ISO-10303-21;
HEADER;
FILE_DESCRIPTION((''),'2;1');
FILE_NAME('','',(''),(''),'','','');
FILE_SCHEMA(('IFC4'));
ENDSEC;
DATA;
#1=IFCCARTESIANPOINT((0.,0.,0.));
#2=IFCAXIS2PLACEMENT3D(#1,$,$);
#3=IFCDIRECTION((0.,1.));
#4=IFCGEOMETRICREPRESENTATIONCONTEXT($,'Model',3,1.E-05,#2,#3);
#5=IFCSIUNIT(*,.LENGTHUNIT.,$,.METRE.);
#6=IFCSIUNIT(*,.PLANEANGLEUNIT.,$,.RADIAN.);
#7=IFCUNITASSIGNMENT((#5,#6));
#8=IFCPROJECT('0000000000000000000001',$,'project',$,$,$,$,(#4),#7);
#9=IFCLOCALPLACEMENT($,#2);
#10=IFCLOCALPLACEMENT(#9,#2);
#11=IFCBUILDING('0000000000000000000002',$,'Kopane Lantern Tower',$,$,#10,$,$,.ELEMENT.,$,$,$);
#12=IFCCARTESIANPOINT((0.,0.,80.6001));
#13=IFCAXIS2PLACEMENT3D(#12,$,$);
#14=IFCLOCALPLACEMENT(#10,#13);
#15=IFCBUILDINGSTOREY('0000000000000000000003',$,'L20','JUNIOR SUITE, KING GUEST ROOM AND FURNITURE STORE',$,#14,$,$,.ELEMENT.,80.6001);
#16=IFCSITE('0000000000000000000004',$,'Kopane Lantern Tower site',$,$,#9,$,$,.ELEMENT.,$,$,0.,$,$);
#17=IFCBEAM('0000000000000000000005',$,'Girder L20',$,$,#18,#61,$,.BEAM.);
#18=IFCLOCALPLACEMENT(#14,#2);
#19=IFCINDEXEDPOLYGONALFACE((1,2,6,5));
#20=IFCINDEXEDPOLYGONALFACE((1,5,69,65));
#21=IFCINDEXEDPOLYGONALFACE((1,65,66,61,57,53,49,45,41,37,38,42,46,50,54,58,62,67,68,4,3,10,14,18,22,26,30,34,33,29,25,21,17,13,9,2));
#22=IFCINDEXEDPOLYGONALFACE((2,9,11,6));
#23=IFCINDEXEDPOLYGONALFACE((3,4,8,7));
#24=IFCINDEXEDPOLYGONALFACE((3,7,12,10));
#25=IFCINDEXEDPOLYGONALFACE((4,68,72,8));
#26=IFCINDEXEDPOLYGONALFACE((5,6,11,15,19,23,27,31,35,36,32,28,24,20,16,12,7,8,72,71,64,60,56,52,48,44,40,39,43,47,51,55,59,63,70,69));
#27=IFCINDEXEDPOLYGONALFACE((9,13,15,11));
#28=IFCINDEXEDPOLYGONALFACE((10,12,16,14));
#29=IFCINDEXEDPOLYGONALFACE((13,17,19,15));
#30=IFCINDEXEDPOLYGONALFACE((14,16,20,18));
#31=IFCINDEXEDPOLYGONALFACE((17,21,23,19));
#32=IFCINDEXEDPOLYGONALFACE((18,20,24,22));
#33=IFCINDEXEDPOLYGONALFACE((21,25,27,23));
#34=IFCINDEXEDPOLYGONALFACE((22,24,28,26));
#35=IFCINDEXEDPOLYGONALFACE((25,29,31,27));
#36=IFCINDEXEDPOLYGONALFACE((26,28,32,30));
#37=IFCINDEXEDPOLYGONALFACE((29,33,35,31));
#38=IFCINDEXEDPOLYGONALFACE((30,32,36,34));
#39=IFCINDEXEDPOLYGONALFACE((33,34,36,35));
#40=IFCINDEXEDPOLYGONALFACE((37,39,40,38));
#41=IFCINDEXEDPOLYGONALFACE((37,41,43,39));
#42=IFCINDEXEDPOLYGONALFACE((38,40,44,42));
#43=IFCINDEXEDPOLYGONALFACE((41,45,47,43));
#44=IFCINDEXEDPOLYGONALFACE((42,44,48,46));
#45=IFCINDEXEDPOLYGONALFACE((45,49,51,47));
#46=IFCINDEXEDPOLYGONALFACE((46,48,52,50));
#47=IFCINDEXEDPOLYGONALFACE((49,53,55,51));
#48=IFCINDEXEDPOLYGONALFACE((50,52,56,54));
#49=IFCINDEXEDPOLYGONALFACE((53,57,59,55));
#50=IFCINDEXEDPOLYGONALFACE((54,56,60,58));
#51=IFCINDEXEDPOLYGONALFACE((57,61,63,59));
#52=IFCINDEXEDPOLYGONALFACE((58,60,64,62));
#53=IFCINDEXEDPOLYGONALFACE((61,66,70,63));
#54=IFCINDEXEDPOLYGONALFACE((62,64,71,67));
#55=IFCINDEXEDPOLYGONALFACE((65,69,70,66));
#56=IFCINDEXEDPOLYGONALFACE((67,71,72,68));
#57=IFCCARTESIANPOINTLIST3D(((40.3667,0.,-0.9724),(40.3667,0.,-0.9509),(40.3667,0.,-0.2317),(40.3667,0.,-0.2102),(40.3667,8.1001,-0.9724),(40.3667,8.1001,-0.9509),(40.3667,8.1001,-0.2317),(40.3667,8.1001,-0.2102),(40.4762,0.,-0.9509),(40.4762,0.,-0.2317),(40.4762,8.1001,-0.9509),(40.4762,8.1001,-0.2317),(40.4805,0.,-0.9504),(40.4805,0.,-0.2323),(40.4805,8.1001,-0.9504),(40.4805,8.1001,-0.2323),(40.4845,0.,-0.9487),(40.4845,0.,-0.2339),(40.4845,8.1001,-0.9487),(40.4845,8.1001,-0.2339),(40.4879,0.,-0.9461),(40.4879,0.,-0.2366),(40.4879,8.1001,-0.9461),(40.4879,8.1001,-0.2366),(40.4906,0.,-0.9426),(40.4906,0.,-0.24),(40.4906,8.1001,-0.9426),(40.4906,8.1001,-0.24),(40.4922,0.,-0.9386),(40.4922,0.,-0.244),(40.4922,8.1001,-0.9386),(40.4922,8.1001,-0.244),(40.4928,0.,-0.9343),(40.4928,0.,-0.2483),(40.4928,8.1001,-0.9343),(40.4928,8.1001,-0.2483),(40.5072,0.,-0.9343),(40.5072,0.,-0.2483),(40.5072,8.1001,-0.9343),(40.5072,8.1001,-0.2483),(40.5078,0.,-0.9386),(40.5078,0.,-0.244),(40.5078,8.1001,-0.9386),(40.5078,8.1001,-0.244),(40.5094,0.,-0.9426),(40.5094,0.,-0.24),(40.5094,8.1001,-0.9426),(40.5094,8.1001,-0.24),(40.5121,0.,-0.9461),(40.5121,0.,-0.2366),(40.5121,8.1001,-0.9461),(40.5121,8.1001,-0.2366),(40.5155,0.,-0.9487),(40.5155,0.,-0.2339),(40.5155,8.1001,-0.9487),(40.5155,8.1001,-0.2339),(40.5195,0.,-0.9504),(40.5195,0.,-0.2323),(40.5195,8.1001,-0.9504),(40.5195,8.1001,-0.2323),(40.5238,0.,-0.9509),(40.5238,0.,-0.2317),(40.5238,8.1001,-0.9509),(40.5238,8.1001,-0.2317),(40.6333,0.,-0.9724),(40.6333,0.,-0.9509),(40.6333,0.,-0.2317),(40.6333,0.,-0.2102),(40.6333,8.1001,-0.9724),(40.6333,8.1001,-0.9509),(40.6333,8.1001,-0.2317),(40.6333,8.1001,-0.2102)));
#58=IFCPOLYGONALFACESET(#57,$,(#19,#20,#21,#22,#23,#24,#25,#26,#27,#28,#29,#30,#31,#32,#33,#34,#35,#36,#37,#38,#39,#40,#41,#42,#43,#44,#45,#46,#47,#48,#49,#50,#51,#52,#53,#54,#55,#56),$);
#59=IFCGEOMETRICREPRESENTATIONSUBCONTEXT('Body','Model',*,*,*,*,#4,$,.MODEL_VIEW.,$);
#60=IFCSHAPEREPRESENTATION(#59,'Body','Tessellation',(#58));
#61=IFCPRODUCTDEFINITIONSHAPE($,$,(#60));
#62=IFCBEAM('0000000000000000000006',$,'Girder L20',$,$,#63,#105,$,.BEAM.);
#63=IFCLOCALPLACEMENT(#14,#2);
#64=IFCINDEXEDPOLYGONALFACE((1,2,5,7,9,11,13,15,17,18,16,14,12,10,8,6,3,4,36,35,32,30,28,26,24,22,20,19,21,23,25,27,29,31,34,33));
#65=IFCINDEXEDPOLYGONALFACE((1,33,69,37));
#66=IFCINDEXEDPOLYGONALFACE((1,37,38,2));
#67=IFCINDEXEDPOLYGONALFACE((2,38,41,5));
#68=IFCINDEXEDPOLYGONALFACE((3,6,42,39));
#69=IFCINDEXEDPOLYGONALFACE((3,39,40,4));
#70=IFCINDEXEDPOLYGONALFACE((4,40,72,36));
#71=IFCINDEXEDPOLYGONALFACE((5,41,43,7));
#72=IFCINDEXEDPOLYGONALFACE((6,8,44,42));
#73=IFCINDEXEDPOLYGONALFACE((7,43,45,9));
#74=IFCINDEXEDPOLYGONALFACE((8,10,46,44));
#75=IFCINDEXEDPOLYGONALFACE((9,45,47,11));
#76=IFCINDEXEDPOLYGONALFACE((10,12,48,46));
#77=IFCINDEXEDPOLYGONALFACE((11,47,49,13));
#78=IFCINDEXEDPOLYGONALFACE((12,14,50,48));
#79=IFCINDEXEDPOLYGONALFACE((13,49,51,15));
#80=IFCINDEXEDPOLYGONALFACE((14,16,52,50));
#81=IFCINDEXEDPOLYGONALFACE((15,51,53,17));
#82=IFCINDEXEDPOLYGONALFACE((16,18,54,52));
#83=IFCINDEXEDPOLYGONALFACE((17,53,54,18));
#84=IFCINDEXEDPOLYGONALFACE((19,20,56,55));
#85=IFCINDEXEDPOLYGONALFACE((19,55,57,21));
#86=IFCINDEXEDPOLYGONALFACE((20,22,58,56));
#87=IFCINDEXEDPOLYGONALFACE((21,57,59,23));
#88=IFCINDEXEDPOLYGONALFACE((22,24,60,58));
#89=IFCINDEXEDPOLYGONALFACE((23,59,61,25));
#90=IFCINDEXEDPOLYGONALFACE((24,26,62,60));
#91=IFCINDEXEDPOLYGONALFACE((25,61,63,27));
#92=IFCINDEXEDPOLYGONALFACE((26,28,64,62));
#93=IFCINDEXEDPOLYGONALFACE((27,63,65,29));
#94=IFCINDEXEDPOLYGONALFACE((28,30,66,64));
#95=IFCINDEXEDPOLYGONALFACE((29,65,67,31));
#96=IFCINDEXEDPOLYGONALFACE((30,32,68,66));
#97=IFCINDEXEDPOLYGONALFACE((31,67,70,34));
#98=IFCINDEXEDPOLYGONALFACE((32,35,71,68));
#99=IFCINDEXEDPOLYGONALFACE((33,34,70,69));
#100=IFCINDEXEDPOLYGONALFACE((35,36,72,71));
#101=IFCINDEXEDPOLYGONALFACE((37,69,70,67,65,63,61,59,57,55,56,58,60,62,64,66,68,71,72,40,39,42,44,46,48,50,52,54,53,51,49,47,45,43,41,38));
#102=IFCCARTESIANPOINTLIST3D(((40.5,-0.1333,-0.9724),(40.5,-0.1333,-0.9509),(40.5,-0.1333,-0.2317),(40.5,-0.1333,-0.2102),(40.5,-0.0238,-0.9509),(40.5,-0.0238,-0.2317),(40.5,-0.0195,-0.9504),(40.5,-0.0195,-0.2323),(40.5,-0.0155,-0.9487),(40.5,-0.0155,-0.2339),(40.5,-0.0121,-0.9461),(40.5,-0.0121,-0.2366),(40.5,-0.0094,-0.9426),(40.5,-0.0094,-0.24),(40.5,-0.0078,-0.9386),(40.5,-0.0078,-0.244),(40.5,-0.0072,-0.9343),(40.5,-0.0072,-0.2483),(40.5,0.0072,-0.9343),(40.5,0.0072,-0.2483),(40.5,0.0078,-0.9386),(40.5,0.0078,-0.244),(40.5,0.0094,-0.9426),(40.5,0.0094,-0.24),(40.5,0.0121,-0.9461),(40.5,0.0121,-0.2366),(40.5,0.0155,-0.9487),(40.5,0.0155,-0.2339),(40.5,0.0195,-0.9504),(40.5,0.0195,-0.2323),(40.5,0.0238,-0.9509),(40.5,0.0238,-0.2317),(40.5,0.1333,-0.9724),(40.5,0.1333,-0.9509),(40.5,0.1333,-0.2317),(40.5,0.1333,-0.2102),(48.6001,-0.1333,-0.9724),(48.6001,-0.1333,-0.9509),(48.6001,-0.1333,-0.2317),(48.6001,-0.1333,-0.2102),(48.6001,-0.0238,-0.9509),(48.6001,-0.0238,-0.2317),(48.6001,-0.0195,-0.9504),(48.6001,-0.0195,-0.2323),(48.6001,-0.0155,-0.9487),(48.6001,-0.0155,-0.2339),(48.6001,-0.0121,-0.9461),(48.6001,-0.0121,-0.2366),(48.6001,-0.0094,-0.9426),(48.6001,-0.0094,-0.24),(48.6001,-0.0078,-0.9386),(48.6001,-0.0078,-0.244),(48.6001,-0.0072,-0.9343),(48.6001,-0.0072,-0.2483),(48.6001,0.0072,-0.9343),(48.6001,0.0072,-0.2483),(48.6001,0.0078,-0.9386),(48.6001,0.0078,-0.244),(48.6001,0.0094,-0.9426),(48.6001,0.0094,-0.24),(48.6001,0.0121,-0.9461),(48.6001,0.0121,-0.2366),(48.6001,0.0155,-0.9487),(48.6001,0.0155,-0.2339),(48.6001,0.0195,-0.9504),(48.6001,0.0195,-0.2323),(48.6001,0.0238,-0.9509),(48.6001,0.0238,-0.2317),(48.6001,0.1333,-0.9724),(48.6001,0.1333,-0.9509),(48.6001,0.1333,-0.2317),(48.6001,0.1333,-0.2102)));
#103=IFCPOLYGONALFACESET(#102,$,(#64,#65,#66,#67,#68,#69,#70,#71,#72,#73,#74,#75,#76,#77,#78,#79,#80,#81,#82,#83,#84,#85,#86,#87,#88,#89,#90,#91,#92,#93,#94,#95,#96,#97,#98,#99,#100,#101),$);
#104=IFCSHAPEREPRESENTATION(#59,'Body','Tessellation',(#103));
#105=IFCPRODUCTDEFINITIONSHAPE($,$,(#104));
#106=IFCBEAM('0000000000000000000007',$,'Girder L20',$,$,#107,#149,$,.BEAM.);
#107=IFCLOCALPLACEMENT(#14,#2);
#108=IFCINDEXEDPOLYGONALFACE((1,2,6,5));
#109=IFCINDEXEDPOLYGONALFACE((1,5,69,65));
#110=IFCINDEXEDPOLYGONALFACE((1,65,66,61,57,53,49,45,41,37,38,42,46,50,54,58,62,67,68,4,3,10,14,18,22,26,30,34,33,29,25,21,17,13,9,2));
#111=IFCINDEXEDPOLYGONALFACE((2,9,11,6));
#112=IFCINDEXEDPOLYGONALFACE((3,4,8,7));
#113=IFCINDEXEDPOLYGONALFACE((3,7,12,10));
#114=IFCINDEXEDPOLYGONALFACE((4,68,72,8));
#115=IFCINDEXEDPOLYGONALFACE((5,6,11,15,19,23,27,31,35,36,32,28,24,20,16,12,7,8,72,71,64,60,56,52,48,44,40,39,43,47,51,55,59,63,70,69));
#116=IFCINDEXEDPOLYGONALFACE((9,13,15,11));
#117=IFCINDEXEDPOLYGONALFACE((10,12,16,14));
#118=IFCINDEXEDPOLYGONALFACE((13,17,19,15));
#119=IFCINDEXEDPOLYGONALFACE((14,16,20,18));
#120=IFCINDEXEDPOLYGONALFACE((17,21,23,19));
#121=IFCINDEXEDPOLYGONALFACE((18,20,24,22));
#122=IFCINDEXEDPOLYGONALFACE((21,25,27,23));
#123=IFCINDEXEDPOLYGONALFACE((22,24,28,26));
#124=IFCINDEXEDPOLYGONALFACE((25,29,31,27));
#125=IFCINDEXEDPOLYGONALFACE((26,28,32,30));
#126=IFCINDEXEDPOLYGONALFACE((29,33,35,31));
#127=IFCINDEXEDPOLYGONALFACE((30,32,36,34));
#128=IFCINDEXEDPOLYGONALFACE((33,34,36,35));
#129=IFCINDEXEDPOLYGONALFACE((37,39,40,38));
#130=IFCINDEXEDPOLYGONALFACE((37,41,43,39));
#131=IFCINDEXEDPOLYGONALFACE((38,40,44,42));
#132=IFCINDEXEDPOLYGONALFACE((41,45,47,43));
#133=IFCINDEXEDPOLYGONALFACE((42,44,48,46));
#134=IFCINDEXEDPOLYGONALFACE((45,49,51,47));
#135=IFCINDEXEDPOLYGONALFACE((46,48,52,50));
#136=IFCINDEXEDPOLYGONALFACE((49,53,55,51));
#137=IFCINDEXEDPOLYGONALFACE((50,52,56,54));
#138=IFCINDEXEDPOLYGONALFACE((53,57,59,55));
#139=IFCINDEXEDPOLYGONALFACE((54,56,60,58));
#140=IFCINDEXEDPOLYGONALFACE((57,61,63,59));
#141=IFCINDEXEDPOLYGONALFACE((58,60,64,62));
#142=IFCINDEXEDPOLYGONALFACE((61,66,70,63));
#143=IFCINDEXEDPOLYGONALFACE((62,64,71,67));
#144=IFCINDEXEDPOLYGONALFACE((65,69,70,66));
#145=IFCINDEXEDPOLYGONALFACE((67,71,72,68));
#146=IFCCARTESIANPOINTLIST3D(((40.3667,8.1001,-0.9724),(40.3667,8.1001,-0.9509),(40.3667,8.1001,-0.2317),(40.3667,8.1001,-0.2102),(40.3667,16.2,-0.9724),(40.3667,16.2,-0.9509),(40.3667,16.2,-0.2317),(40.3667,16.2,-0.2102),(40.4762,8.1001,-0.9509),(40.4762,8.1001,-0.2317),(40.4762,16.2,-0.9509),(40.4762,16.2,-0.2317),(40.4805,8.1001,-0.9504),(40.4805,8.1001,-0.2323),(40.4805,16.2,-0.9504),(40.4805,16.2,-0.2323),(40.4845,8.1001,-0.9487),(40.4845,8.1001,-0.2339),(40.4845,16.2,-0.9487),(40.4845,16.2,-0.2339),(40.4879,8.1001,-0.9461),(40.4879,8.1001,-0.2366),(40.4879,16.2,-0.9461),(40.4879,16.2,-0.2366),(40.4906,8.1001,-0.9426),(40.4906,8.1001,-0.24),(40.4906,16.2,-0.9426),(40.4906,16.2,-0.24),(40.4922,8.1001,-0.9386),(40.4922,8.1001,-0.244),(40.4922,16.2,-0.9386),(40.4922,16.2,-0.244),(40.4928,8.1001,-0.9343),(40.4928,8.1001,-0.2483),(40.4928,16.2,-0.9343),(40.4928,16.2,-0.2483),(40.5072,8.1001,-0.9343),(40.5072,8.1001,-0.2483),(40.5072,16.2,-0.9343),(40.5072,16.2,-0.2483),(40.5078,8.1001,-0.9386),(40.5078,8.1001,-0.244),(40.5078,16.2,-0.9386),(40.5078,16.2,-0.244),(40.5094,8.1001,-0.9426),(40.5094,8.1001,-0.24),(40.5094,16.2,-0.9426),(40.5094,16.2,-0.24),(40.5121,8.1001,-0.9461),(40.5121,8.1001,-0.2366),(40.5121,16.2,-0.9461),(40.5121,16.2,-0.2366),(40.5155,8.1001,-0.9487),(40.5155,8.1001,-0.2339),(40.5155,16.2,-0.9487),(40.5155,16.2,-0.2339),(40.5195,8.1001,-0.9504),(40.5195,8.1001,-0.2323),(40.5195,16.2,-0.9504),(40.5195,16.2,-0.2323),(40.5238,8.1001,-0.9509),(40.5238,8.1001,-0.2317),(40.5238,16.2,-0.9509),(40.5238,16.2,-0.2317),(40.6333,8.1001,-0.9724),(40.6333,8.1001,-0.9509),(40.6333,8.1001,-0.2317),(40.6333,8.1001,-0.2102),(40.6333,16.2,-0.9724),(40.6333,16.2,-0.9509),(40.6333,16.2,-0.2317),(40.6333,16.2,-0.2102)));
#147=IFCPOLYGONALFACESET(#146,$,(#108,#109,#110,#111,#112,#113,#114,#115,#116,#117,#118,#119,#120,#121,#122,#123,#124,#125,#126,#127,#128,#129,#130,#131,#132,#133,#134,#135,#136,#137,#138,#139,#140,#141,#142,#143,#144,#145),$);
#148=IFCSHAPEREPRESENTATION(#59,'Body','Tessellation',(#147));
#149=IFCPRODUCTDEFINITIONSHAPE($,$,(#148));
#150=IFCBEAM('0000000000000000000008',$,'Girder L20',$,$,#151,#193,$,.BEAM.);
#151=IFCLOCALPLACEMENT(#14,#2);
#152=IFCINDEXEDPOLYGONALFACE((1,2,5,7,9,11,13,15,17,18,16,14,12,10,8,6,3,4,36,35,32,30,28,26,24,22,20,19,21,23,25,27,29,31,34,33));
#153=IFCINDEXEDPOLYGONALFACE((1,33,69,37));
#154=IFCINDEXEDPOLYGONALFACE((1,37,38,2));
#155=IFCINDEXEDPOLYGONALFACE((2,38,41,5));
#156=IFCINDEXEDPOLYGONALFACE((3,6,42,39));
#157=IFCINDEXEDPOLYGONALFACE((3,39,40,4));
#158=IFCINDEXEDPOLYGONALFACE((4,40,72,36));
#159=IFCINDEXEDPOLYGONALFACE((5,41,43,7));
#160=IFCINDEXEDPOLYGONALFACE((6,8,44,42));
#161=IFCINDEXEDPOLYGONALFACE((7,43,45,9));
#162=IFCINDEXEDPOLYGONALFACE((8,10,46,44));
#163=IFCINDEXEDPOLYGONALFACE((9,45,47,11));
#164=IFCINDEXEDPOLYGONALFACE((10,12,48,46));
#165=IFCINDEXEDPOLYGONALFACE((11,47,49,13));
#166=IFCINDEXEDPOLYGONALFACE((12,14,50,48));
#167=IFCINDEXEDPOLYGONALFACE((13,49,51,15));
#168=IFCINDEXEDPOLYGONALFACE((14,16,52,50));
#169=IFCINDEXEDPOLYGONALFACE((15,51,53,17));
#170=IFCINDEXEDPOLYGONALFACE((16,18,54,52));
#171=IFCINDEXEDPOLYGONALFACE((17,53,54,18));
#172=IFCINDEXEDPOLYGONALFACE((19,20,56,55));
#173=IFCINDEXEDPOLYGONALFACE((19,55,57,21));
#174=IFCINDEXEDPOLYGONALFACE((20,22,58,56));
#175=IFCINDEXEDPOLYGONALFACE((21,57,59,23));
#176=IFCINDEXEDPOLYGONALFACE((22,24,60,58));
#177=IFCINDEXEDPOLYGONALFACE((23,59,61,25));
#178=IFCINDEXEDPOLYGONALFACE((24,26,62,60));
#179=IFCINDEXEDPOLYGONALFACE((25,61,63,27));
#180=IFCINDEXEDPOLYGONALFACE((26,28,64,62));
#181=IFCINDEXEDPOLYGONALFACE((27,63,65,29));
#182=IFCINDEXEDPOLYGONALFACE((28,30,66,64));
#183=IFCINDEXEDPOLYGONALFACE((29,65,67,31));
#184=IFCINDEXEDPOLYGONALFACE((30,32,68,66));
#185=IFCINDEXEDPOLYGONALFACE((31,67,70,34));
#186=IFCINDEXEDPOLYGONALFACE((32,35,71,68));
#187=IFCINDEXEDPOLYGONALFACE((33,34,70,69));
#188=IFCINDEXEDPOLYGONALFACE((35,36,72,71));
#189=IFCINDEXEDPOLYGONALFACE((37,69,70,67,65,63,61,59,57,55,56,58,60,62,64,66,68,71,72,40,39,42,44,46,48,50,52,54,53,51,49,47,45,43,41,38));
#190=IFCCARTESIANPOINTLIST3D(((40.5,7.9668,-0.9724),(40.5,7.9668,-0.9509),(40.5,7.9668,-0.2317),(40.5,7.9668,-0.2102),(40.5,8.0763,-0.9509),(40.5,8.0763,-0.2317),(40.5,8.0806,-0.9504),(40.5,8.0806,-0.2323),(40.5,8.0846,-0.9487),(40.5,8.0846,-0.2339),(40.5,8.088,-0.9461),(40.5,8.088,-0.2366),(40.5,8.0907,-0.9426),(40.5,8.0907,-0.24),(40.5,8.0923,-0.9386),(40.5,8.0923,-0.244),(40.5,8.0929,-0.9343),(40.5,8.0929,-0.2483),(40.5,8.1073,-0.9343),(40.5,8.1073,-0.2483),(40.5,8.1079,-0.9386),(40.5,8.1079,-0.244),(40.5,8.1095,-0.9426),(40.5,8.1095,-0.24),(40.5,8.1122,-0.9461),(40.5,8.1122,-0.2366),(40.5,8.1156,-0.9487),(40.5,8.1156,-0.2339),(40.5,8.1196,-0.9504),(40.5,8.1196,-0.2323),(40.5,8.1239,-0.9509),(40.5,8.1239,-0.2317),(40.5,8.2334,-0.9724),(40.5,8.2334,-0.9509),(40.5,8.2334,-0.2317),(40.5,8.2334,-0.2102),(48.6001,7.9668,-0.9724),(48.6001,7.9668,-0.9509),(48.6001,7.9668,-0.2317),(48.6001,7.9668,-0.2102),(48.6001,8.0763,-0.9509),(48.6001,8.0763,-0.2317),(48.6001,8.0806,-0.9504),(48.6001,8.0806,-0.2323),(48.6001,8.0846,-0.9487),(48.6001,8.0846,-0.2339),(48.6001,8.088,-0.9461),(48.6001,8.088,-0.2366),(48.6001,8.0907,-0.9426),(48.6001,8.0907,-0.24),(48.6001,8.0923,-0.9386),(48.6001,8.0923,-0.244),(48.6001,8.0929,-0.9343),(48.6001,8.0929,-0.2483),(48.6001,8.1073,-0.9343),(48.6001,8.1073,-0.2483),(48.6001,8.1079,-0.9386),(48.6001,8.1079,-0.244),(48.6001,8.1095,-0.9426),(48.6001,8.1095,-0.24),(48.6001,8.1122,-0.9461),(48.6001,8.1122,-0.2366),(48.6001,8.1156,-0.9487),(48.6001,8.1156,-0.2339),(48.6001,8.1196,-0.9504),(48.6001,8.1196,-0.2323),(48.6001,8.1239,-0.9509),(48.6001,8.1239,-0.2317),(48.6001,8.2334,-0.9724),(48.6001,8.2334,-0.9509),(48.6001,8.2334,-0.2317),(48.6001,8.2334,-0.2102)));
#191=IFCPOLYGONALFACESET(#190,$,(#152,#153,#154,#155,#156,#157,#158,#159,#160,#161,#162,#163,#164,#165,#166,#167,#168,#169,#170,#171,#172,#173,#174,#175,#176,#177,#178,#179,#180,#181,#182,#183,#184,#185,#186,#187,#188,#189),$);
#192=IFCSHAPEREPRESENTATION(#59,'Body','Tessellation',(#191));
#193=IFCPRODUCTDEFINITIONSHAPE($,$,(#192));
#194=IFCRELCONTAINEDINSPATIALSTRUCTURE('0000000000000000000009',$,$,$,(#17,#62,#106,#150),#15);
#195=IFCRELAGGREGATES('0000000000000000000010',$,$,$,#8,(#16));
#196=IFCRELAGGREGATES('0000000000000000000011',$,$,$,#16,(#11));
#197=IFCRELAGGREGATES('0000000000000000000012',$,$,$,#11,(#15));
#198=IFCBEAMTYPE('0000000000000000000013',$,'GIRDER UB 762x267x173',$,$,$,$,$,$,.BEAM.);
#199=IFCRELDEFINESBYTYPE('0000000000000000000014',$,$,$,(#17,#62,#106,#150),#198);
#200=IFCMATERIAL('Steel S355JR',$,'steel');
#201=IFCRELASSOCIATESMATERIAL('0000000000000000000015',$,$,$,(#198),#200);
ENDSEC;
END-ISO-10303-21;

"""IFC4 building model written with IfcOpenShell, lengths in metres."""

from ifc_helpers import new_model, si_unit, direction, frame, origin, origin_2d, place, context, subcontext, project, spatial, i_section, extrude, material, material_profile, profile_set, type_object, element, save


model = new_model("IFC4")

# Units and contexts
model_context = context("Model", 3, precision=1e-05, world=origin(), true_north=direction((0.0, 1.0)))
body_context = subcontext(model_context, "Body", "Model", "MODEL_VIEW")
ifc_project = project(units=[si_unit("LENGTHUNIT", "METRE"), si_unit("PLANEANGLEUNIT", "RADIAN")], contexts=[model_context])

# Site, building, storey
site_placement = place(None, origin())
site = spatial("IfcSite", under=ifc_project, at=site_placement, Name="Kopane Lantern Tower site", CompositionType="ELEMENT", RefElevation=0.0)
building_placement = place(site_placement, origin())
building = spatial("IfcBuilding", under=site, at=building_placement, Name="Kopane Lantern Tower", CompositionType="ELEMENT")
storey_placement = place(building_placement, frame((0.0, 0.0, 80.6001)))
storey = spatial("IfcBuildingStorey", under=building, at=storey_placement, Name="L20", Description="JUNIOR SUITE, KING GUEST ROOM AND FURNITURE STORE", CompositionType="ELEMENT", Elevation=80.6001)

# Beams
ifc_material_1 = material(Name="Steel S355JR", Category="steel")
ifc_material_profile_1 = material_profile(ifc_material_1, i_section(OverallWidth=0.2666, OverallDepth=0.7622, WebThickness=0.0144, FlangeThickness=0.0215, FilletRadius=0.0166, at=origin_2d()), Name="UB 762x267x173")
ifc_profile_set_1 = profile_set([ifc_material_profile_1], Name="Steel S355JR")
beam_type = type_object("IfcBeamType", Name="GIRDER UB 762x267x173", PredefinedType="BEAM", material=ifc_profile_set_1)
for number, where, z_axis, x_axis, name in (
    (1, (40.5, 0.0, -0.5913), (0.0, 1.0, 0.0), (-1.0, 0.0, 0.0), "Girder L20"),
    (2, (40.5, 0.0, -0.5913), (1.0, 0.0, 0.0), (0.0, 1.0, 0.0), "Girder L20"),
):
    element("IfcBeam", number, at=place(storey_placement, frame(where, z_axis=z_axis, x_axis=x_axis)), inside=storey, type_object=beam_type, Name=name, PredefinedType="BEAM", context=body_context, shape_type="SweptSolid", body=[
        extrude(i_section(OverallWidth=0.2666, OverallDepth=0.7622, WebThickness=0.0144, FlangeThickness=0.0215, FilletRadius=0.0166, at=origin_2d()), origin(), (0.0, 0.0, 1.0), 8.1001),
    ])
beam_1_placement = place(storey_placement, frame((40.5, 8.1001, -0.5913), z_axis=(0.0, 1.0, 0.0), x_axis=(-1.0, 0.0, 0.0)))
element("IfcBeam", 3, at=beam_1_placement, inside=storey, type_object=beam_type, Name="Girder L20", PredefinedType="BEAM", context=body_context, shape_type="SweptSolid", body=[
    extrude(i_section(OverallWidth=0.2666, OverallDepth=0.7622, WebThickness=0.0144, FlangeThickness=0.0215, FilletRadius=0.0166, at=origin_2d()), origin(), (0.0, 0.0, 1.0), 8.0999),
])
beam_2_placement = place(storey_placement, frame((40.5, 8.1001, -0.5913), z_axis=(1.0, 0.0, 0.0), x_axis=(0.0, 1.0, 0.0)))
element("IfcBeam", 4, at=beam_2_placement, inside=storey, type_object=beam_type, Name="Girder L20", PredefinedType="BEAM", context=body_context, shape_type="SweptSolid", body=[
    extrude(i_section(OverallWidth=0.2666, OverallDepth=0.7622, WebThickness=0.0144, FlangeThickness=0.0215, FilletRadius=0.0166, at=origin_2d()), origin(), (0.0, 0.0, 1.0), 8.1001),
])

save(model, "model.ifc")
